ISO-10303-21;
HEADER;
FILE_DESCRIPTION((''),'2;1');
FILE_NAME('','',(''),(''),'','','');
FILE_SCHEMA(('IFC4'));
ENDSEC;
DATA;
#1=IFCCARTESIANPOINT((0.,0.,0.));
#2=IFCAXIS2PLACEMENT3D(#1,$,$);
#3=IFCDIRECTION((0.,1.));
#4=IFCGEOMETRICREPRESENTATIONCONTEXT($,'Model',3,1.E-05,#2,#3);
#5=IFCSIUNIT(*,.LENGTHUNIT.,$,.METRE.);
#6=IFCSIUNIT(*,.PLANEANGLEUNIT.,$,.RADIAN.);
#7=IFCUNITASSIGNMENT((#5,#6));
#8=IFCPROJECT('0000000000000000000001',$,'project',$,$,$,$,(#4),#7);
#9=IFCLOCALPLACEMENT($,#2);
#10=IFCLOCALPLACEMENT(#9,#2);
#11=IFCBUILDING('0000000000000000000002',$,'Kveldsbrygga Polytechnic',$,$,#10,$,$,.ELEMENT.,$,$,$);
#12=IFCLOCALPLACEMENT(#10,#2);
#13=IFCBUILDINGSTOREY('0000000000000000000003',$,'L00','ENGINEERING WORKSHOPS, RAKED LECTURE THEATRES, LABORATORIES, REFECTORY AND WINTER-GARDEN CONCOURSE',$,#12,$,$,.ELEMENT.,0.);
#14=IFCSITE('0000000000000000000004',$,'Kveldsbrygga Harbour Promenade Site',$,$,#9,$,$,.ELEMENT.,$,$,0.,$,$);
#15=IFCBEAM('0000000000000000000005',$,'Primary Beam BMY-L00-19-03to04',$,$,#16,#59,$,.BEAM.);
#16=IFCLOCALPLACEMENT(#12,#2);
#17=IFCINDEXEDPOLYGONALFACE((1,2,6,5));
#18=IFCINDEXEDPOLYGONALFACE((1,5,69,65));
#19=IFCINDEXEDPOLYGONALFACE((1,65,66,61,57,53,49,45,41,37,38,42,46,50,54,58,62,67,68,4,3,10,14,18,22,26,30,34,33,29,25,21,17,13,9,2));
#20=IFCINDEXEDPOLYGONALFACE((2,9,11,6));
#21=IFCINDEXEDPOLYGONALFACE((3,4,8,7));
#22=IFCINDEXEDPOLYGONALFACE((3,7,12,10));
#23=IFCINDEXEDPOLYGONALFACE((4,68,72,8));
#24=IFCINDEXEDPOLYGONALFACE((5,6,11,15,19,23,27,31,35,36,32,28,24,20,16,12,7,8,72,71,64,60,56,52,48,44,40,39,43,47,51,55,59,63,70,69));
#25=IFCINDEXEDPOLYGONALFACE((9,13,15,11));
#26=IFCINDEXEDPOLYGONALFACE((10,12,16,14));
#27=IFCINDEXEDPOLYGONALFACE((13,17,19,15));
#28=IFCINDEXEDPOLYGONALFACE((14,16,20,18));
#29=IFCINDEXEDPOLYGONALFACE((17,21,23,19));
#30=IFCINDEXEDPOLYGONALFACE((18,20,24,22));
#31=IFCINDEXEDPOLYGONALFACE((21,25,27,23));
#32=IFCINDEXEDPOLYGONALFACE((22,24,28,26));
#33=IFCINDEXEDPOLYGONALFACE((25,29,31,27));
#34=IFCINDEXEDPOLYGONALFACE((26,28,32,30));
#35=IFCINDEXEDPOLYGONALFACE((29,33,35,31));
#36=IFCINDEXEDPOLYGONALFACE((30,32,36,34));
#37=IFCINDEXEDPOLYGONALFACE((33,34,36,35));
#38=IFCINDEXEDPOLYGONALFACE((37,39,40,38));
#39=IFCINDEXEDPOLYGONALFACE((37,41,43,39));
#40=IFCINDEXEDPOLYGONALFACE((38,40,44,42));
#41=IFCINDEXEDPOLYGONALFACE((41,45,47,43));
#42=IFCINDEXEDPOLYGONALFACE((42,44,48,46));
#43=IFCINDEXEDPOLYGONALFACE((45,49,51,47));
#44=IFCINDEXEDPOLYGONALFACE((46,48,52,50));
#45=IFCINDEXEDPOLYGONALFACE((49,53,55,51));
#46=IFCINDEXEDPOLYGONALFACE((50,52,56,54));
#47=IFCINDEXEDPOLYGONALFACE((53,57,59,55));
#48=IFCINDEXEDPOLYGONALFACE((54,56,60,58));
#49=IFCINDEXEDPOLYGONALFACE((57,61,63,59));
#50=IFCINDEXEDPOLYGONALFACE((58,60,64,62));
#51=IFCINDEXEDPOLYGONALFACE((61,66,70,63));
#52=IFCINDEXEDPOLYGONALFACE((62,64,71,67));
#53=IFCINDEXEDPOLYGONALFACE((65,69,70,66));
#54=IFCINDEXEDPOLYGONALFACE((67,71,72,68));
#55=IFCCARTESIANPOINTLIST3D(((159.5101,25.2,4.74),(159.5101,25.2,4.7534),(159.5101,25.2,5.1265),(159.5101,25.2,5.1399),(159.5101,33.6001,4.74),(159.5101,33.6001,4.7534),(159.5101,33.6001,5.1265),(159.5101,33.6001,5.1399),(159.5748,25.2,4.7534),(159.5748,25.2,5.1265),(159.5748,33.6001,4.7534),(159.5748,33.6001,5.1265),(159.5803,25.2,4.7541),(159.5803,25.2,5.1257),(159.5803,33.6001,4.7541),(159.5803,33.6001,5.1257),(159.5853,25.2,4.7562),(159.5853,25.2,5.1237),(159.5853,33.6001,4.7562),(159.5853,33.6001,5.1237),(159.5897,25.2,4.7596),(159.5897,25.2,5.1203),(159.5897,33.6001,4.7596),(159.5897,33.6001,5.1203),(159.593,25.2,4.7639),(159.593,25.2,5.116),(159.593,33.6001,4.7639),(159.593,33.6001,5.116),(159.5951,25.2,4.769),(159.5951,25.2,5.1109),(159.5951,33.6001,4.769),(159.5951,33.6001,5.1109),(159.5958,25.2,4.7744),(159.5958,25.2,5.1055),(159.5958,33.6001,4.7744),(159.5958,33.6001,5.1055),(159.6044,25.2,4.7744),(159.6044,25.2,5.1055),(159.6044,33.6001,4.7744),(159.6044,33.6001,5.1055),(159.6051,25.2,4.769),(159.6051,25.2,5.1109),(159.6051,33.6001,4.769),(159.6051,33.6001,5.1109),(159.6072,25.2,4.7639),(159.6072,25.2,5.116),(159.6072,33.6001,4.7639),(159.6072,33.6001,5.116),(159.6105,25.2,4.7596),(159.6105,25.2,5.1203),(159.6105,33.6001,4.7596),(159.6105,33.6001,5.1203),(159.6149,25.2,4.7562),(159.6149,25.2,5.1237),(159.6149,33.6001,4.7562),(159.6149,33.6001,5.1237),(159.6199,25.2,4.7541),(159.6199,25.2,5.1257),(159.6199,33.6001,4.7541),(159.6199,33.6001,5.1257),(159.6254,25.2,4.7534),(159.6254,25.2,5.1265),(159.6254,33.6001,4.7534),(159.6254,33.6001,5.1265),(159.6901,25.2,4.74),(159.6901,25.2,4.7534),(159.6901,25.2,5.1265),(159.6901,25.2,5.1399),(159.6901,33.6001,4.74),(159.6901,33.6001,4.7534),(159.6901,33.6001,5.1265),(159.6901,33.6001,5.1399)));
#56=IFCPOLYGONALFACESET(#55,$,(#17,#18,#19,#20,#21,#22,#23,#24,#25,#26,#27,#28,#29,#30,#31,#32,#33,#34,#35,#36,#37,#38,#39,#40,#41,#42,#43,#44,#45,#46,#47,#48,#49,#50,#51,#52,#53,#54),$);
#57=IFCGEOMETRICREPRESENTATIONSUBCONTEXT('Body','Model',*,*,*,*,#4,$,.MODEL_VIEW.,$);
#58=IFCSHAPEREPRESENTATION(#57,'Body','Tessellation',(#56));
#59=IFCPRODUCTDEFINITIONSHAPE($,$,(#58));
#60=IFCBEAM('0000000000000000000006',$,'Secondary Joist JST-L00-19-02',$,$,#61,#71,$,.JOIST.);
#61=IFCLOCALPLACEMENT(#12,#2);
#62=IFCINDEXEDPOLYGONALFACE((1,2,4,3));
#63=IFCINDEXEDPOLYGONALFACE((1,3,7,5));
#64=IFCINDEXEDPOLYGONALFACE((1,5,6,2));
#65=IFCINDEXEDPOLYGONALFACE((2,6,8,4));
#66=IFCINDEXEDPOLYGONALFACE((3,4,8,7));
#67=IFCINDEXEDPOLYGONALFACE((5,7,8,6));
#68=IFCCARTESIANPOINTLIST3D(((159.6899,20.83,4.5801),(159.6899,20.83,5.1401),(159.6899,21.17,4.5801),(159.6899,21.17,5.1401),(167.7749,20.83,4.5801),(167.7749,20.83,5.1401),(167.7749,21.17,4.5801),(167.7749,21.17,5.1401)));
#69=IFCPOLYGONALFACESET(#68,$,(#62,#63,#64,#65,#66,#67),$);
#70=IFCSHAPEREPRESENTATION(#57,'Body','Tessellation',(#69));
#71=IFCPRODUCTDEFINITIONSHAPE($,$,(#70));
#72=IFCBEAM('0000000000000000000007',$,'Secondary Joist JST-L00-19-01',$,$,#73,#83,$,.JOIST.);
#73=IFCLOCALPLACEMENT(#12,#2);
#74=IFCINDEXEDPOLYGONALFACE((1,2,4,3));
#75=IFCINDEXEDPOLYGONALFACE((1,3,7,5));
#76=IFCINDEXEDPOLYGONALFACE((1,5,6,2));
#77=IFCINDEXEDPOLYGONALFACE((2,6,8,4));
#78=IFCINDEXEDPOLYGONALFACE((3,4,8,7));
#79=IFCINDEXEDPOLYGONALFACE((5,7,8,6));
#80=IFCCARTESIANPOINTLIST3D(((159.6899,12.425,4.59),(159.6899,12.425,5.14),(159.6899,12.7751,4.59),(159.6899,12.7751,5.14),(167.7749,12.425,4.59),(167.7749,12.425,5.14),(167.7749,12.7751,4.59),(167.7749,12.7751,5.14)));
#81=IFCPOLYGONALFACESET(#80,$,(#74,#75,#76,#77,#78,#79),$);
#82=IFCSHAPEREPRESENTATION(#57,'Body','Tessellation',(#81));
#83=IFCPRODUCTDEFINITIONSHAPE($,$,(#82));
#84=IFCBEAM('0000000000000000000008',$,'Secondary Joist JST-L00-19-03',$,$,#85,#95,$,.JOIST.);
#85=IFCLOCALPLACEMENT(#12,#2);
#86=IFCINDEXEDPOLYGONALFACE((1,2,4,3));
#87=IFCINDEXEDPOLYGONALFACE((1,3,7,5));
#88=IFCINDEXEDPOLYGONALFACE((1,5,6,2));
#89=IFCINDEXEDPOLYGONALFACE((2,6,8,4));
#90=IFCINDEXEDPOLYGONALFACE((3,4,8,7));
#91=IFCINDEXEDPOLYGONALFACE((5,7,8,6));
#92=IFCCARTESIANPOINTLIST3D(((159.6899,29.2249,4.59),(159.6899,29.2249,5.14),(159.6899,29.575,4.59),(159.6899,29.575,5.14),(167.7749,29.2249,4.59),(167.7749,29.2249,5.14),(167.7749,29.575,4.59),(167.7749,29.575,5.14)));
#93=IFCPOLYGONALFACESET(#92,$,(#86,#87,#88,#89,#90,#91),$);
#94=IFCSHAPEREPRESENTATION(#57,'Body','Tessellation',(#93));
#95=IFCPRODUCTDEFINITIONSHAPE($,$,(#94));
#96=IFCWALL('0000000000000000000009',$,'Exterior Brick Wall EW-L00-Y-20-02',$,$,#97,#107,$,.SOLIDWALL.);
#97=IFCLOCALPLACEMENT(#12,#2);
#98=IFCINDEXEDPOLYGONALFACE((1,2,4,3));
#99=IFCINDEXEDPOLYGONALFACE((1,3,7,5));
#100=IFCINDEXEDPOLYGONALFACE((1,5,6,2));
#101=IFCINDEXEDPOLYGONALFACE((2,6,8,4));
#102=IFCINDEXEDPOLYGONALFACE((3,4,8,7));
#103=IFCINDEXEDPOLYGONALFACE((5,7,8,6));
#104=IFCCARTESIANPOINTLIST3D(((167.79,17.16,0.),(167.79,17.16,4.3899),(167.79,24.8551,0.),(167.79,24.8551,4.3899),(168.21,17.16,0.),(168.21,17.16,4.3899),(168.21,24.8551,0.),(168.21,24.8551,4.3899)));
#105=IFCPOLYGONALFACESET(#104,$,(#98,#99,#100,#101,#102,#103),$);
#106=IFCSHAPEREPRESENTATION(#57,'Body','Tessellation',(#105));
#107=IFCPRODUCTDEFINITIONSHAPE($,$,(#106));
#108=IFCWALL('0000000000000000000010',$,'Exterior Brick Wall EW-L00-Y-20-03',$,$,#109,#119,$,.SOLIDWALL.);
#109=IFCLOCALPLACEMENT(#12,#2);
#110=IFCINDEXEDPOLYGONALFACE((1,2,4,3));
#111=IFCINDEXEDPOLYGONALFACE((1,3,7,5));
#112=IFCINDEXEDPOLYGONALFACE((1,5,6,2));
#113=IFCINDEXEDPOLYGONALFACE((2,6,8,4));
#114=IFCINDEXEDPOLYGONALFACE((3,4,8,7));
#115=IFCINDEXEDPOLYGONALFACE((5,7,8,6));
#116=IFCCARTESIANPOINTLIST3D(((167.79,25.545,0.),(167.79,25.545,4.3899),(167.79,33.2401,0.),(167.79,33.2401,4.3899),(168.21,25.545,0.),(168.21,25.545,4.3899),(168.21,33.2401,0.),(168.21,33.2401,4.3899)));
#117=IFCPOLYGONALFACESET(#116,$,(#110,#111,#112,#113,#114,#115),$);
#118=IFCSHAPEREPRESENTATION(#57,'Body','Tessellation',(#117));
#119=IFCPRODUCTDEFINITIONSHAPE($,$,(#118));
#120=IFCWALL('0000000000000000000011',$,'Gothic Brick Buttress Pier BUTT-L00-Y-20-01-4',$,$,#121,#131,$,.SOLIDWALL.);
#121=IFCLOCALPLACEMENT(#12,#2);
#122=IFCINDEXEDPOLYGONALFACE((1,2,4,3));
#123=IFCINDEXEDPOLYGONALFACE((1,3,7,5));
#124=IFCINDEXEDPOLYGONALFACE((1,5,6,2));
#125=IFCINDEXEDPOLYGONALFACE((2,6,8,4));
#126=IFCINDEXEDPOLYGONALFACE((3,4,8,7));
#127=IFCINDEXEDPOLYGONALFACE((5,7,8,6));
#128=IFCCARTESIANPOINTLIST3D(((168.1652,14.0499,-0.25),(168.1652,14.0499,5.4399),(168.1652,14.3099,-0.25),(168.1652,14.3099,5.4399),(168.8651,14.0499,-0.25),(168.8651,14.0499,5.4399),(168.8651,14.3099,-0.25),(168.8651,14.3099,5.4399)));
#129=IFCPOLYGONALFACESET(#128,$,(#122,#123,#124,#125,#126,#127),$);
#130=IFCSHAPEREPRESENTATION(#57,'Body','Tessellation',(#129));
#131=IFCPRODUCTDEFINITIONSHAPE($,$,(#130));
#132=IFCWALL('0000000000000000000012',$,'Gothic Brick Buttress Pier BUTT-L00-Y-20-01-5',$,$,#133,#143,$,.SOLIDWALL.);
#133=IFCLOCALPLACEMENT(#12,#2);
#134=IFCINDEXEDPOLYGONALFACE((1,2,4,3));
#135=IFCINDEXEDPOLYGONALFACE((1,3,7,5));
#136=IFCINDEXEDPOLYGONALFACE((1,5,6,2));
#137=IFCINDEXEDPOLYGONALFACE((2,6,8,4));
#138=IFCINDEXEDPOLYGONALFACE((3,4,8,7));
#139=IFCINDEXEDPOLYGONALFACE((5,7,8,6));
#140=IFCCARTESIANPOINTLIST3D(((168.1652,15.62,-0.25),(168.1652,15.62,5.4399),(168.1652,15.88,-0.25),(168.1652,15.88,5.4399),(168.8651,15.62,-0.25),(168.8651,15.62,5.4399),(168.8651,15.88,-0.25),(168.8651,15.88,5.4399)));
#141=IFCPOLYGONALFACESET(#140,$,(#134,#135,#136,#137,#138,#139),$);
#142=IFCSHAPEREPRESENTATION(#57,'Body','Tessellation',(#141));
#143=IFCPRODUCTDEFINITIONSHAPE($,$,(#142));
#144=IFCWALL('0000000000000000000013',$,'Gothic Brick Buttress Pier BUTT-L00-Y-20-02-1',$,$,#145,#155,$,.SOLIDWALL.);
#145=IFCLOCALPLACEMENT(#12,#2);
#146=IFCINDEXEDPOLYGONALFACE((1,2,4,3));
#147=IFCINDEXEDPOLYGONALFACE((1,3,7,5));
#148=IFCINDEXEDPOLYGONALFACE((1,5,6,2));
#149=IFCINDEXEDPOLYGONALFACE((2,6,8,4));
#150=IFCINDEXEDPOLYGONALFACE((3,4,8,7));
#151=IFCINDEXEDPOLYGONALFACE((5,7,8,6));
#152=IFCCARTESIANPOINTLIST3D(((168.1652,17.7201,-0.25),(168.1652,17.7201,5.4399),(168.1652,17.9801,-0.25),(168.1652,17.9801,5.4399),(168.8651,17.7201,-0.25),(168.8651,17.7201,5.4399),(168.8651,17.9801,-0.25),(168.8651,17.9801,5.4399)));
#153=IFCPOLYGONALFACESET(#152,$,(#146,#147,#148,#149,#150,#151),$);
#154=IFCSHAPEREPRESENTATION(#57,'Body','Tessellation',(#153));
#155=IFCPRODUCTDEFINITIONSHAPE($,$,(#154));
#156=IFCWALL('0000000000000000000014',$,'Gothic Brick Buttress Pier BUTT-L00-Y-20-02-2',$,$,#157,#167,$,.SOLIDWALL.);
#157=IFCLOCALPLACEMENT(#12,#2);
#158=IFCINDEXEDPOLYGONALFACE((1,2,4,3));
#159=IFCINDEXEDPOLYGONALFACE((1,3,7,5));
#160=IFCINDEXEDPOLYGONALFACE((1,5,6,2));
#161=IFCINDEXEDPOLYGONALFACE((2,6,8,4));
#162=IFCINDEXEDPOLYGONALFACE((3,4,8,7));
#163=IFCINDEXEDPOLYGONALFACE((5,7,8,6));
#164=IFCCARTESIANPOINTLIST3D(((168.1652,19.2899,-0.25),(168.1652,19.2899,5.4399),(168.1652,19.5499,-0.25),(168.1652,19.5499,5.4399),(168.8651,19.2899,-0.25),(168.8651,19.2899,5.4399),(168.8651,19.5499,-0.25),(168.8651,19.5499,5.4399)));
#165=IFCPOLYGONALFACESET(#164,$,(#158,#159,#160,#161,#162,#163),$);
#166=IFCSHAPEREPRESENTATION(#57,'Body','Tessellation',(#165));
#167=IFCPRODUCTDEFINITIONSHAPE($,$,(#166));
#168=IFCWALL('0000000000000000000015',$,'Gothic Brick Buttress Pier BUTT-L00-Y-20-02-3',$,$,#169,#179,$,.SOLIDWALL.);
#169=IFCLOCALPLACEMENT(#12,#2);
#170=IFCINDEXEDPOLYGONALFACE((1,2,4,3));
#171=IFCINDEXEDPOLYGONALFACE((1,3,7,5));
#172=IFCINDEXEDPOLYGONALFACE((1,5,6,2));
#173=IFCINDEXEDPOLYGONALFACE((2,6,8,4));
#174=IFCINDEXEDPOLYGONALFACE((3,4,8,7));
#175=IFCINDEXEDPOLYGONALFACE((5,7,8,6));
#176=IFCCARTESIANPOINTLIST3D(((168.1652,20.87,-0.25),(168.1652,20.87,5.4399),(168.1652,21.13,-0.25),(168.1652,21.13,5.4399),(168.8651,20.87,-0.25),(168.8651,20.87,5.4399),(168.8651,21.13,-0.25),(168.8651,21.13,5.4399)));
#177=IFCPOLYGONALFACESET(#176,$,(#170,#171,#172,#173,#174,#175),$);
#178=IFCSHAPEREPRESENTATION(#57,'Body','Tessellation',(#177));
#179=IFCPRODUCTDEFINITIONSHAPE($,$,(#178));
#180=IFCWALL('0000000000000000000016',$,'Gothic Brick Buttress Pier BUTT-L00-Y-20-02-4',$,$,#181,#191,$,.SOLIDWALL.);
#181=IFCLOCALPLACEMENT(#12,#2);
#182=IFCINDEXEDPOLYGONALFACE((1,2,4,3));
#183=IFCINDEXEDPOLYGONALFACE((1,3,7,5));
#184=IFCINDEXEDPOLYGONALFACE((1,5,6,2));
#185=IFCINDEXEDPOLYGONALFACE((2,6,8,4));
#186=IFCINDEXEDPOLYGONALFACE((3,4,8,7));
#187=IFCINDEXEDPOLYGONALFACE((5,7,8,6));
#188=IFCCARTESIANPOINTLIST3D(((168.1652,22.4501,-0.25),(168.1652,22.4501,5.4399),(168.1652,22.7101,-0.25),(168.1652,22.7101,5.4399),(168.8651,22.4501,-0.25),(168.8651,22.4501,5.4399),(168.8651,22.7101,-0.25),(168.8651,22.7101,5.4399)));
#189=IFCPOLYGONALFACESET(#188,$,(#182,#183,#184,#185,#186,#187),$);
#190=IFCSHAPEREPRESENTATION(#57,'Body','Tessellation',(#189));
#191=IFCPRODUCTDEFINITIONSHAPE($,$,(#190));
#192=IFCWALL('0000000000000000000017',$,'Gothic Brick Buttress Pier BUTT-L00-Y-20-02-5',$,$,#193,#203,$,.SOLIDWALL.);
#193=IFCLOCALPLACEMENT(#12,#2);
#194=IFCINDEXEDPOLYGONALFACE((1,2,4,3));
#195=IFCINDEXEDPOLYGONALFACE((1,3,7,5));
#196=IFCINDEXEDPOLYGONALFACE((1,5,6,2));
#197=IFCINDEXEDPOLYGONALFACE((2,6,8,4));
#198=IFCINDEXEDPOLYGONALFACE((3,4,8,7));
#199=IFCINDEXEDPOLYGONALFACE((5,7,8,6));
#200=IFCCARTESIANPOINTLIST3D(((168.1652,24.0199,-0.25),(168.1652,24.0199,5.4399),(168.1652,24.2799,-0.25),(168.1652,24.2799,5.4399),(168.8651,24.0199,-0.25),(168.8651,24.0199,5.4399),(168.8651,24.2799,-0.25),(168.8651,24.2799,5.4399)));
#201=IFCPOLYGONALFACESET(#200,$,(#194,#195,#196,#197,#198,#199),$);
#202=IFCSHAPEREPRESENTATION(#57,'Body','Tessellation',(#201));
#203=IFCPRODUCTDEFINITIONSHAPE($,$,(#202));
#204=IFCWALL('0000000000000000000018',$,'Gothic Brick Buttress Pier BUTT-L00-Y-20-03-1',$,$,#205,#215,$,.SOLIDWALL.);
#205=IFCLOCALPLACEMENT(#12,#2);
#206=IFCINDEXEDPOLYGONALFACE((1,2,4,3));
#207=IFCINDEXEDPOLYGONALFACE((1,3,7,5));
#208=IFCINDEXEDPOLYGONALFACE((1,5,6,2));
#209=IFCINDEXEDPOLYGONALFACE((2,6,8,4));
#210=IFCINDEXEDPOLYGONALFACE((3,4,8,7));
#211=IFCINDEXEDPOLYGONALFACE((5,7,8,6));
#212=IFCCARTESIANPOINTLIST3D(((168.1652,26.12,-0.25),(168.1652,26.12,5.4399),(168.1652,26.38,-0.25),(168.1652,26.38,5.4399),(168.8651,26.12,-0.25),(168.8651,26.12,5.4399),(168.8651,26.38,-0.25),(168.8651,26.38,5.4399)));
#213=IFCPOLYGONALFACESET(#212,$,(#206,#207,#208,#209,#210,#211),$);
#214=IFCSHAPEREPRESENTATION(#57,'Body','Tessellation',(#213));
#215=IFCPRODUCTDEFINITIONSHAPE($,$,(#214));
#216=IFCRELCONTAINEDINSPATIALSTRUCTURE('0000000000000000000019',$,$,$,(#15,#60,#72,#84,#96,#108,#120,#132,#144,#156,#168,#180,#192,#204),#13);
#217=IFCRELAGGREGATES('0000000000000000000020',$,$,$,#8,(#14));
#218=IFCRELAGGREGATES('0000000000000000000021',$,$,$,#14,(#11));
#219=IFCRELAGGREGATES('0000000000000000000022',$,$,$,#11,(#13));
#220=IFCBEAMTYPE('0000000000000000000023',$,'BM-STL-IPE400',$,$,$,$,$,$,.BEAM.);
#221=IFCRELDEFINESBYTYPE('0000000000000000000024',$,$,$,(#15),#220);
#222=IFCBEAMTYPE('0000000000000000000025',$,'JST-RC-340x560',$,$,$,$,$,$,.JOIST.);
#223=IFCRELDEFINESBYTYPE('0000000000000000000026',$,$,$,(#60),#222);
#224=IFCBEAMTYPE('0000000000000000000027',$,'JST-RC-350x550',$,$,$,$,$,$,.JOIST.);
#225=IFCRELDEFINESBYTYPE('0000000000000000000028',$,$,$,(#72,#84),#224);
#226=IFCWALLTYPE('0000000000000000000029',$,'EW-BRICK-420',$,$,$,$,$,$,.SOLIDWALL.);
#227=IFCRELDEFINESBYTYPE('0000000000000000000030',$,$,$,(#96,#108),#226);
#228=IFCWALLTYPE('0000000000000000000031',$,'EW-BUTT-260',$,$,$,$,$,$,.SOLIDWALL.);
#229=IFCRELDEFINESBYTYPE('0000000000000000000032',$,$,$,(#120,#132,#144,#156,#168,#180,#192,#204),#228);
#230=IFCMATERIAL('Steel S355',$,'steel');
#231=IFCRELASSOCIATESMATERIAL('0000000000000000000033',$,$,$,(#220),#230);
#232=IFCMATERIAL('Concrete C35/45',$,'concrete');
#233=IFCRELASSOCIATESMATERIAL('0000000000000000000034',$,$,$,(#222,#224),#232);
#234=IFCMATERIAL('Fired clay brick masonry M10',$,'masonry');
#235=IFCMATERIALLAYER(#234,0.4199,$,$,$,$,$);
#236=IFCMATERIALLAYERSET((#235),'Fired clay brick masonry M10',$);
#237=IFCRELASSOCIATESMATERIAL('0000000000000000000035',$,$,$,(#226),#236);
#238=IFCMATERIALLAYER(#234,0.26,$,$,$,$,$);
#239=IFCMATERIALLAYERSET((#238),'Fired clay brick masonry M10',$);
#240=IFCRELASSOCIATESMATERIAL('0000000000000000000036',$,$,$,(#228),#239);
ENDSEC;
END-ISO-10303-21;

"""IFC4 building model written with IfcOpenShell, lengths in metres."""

from ifc_helpers import new_model, si_unit, direction, frame, frame_2d, origin, origin_2d, place, context, subcontext, project, spatial, rectangle, i_section, extrude, material, layer, layer_set, material_profile, profile_set, type_object, element, save


model = new_model("IFC4")

# Units and contexts
model_context = context("Model", 3, precision=1e-05, world=origin(), true_north=direction((0.0, 1.0)))
body_context = subcontext(model_context, "Body", "Model", "MODEL_VIEW")
ifc_project = project(units=[si_unit("LENGTHUNIT", "METRE"), si_unit("PLANEANGLEUNIT", "RADIAN")], contexts=[model_context])

# Site, building, storey
site_placement = place(None, origin())
site = spatial("IfcSite", under=ifc_project, at=site_placement, Name="Kveldsbrygga Harbour Promenade Site", CompositionType="ELEMENT", RefElevation=0.0)
building_placement = place(site_placement, origin())
building = spatial("IfcBuilding", under=site, at=building_placement, Name="Kveldsbrygga Polytechnic", CompositionType="ELEMENT")
storey_placement = place(building_placement, origin())
storey = spatial("IfcBuildingStorey", under=building, at=storey_placement, Name="L00", Description="ENGINEERING WORKSHOPS, RAKED LECTURE THEATRES, LABORATORIES, REFECTORY AND WINTER-GARDEN CONCOURSE", CompositionType="ELEMENT", Elevation=0.0)

# Beams
ifc_material_1 = material(Name="Concrete C35/45", Category="concrete")
ifc_material_2 = material(Name="Steel S355", Category="steel")
ifc_material_profile_1 = material_profile(ifc_material_2, i_section(OverallWidth=0.1799, OverallDepth=0.3999, WebThickness=0.0085, FlangeThickness=0.0134, FilletRadius=0.021, at=origin_2d()), Name="IPE 400")
ifc_profile_set_1 = profile_set([ifc_material_profile_1], Name="Steel S355")
beam_type_1 = type_object("IfcBeamType", Name="BM-STL-IPE400", PredefinedType="BEAM", material=ifc_profile_set_1)
beam_1_placement = place(storey_placement, frame((159.6001, 25.2, 4.9399), z_axis=(0.0, 1.0, 0.0), x_axis=(-1.0, 0.0, 0.0)))
element("IfcBeam", 1, at=beam_1_placement, inside=storey, type_object=beam_type_1, Name="Primary Beam BMY-L00-19-03to04", PredefinedType="BEAM", context=body_context, shape_type="SweptSolid", body=[
    extrude(i_section(OverallWidth=0.1799, OverallDepth=0.3999, WebThickness=0.0085, FlangeThickness=0.0134, FilletRadius=0.021, at=origin_2d()), origin(), (0.0, 0.0, 1.0), 8.4001),
])
ifc_material_profile_2 = material_profile(ifc_material_1, rectangle(XDim=0.3401, YDim=0.5601, at=origin_2d()), Name="RC 340x560")
ifc_profile_set_2 = profile_set([ifc_material_profile_2], Name="Concrete C35/45")
beam_type_2 = type_object("IfcBeamType", Name="JST-RC-340x560", PredefinedType="JOIST", material=ifc_profile_set_2)
beam_2_placement = place(storey_placement, frame((159.6899, 21.0, 4.8601), z_axis=(1.0, 0.0, 0.0), x_axis=(0.0, 1.0, 0.0)))
element("IfcBeam", 2, at=beam_2_placement, inside=storey, type_object=beam_type_2, Name="Secondary Joist JST-L00-19-02", PredefinedType="JOIST", context=body_context, shape_type="SweptSolid", body=[
    extrude(rectangle(XDim=0.3401, YDim=0.5601, at=origin_2d()), origin(), (0.0, 0.0, 1.0), 8.085),
])
ifc_material_profile_3 = material_profile(ifc_material_1, rectangle(XDim=0.3501, YDim=0.55, at=origin_2d()), Name="RC 350x550")
ifc_profile_set_3 = profile_set([ifc_material_profile_3], Name="Concrete C35/45")
beam_type_3 = type_object("IfcBeamType", Name="JST-RC-350x550", PredefinedType="JOIST", material=ifc_profile_set_3)
for number, where, z_axis, x_axis, name in (
    (3, (159.6899, 12.6001, 4.865), (1.0, 0.0, 0.0), (0.0, 1.0, 0.0), "Secondary Joist JST-L00-19-01"),
    (4, (159.6899, 29.3999, 4.865), (1.0, 0.0, 0.0), (0.0, 1.0, 0.0), "Secondary Joist JST-L00-19-03"),
):
    element("IfcBeam", number, at=place(storey_placement, frame(where, z_axis=z_axis, x_axis=x_axis)), inside=storey, type_object=beam_type_3, Name=name, PredefinedType="JOIST", context=body_context, shape_type="SweptSolid", body=[
        extrude(rectangle(XDim=0.3501, YDim=0.55, at=origin_2d()), origin(), (0.0, 0.0, 1.0), 8.085),
    ])

# Walls
ifc_material_3 = material(Name="Fired clay brick masonry M10", Category="masonry")
ifc_layer_1 = layer(ifc_material_3, 0.4199)
ifc_layer_set_1 = layer_set([ifc_layer_1], Name="Fired clay brick masonry M10")
wall_type_1 = type_object("IfcWallType", Name="EW-BRICK-420", PredefinedType="SOLIDWALL", material=ifc_layer_set_1)
for number, where, z_axis, x_axis, name in (
    (5, (168.0, 17.1599, 0.0), (0.0, 0.0, 1.0), (0.0, 1.0, 0.0), "Exterior Brick Wall EW-L00-Y-20-02"),
    (6, (168.0, 25.5449, 0.0), (0.0, 0.0, 1.0), (0.0, 1.0, 0.0), "Exterior Brick Wall EW-L00-Y-20-03"),
):
    element("IfcWall", number, at=place(storey_placement, frame(where, z_axis=z_axis, x_axis=x_axis)), inside=storey, type_object=wall_type_1, Name=name, PredefinedType="SOLIDWALL", context=body_context, shape_type="SweptSolid", body=[
        extrude(rectangle(XDim=7.6951, YDim=0.4199, at=frame_2d((3.8477, 0.0))), origin(), (0.0, 0.0, 1.0), 4.3899),
    ])
ifc_layer_2 = layer(ifc_material_3, 0.26)
ifc_layer_set_2 = layer_set([ifc_layer_2], Name="Fired clay brick masonry M10")
wall_type_2 = type_object("IfcWallType", Name="EW-BUTT-260", PredefinedType="SOLIDWALL", material=ifc_layer_set_2)
for number, where, z_axis, x_axis, name in (
    (7, (168.165, 14.1799, -0.25), (0.0, 0.0, 1.0), (1.0, 0.0, 0.0), "Gothic Brick Buttress Pier BUTT-L00-Y-20-01-4"),
    (8, (168.165, 15.75, -0.25), (0.0, 0.0, 1.0), (1.0, 0.0, 0.0), "Gothic Brick Buttress Pier BUTT-L00-Y-20-01-5"),
    (9, (168.165, 17.8501, -0.25), (0.0, 0.0, 1.0), (1.0, 0.0, 0.0), "Gothic Brick Buttress Pier BUTT-L00-Y-20-02-1"),
    (10, (168.165, 19.4199, -0.25), (0.0, 0.0, 1.0), (1.0, 0.0, 0.0), "Gothic Brick Buttress Pier BUTT-L00-Y-20-02-2"),
    (11, (168.165, 21.0, -0.25), (0.0, 0.0, 1.0), (1.0, 0.0, 0.0), "Gothic Brick Buttress Pier BUTT-L00-Y-20-02-3"),
    (12, (168.165, 22.5801, -0.25), (0.0, 0.0, 1.0), (1.0, 0.0, 0.0), "Gothic Brick Buttress Pier BUTT-L00-Y-20-02-4"),
    (13, (168.165, 24.1499, -0.25), (0.0, 0.0, 1.0), (1.0, 0.0, 0.0), "Gothic Brick Buttress Pier BUTT-L00-Y-20-02-5"),
    (14, (168.165, 26.25, -0.25), (0.0, 0.0, 1.0), (1.0, 0.0, 0.0), "Gothic Brick Buttress Pier BUTT-L00-Y-20-03-1"),
):
    element("IfcWall", number, at=place(storey_placement, frame(where, z_axis=z_axis, x_axis=x_axis)), inside=storey, type_object=wall_type_2, Name=name, PredefinedType="SOLIDWALL", context=body_context, shape_type="SweptSolid", body=[
        extrude(rectangle(XDim=0.7, YDim=0.26, at=frame_2d((0.3501, 0.0))), origin(), (0.0, 0.0, 1.0), 5.6899),
    ])

save(model, "model.ifc")
